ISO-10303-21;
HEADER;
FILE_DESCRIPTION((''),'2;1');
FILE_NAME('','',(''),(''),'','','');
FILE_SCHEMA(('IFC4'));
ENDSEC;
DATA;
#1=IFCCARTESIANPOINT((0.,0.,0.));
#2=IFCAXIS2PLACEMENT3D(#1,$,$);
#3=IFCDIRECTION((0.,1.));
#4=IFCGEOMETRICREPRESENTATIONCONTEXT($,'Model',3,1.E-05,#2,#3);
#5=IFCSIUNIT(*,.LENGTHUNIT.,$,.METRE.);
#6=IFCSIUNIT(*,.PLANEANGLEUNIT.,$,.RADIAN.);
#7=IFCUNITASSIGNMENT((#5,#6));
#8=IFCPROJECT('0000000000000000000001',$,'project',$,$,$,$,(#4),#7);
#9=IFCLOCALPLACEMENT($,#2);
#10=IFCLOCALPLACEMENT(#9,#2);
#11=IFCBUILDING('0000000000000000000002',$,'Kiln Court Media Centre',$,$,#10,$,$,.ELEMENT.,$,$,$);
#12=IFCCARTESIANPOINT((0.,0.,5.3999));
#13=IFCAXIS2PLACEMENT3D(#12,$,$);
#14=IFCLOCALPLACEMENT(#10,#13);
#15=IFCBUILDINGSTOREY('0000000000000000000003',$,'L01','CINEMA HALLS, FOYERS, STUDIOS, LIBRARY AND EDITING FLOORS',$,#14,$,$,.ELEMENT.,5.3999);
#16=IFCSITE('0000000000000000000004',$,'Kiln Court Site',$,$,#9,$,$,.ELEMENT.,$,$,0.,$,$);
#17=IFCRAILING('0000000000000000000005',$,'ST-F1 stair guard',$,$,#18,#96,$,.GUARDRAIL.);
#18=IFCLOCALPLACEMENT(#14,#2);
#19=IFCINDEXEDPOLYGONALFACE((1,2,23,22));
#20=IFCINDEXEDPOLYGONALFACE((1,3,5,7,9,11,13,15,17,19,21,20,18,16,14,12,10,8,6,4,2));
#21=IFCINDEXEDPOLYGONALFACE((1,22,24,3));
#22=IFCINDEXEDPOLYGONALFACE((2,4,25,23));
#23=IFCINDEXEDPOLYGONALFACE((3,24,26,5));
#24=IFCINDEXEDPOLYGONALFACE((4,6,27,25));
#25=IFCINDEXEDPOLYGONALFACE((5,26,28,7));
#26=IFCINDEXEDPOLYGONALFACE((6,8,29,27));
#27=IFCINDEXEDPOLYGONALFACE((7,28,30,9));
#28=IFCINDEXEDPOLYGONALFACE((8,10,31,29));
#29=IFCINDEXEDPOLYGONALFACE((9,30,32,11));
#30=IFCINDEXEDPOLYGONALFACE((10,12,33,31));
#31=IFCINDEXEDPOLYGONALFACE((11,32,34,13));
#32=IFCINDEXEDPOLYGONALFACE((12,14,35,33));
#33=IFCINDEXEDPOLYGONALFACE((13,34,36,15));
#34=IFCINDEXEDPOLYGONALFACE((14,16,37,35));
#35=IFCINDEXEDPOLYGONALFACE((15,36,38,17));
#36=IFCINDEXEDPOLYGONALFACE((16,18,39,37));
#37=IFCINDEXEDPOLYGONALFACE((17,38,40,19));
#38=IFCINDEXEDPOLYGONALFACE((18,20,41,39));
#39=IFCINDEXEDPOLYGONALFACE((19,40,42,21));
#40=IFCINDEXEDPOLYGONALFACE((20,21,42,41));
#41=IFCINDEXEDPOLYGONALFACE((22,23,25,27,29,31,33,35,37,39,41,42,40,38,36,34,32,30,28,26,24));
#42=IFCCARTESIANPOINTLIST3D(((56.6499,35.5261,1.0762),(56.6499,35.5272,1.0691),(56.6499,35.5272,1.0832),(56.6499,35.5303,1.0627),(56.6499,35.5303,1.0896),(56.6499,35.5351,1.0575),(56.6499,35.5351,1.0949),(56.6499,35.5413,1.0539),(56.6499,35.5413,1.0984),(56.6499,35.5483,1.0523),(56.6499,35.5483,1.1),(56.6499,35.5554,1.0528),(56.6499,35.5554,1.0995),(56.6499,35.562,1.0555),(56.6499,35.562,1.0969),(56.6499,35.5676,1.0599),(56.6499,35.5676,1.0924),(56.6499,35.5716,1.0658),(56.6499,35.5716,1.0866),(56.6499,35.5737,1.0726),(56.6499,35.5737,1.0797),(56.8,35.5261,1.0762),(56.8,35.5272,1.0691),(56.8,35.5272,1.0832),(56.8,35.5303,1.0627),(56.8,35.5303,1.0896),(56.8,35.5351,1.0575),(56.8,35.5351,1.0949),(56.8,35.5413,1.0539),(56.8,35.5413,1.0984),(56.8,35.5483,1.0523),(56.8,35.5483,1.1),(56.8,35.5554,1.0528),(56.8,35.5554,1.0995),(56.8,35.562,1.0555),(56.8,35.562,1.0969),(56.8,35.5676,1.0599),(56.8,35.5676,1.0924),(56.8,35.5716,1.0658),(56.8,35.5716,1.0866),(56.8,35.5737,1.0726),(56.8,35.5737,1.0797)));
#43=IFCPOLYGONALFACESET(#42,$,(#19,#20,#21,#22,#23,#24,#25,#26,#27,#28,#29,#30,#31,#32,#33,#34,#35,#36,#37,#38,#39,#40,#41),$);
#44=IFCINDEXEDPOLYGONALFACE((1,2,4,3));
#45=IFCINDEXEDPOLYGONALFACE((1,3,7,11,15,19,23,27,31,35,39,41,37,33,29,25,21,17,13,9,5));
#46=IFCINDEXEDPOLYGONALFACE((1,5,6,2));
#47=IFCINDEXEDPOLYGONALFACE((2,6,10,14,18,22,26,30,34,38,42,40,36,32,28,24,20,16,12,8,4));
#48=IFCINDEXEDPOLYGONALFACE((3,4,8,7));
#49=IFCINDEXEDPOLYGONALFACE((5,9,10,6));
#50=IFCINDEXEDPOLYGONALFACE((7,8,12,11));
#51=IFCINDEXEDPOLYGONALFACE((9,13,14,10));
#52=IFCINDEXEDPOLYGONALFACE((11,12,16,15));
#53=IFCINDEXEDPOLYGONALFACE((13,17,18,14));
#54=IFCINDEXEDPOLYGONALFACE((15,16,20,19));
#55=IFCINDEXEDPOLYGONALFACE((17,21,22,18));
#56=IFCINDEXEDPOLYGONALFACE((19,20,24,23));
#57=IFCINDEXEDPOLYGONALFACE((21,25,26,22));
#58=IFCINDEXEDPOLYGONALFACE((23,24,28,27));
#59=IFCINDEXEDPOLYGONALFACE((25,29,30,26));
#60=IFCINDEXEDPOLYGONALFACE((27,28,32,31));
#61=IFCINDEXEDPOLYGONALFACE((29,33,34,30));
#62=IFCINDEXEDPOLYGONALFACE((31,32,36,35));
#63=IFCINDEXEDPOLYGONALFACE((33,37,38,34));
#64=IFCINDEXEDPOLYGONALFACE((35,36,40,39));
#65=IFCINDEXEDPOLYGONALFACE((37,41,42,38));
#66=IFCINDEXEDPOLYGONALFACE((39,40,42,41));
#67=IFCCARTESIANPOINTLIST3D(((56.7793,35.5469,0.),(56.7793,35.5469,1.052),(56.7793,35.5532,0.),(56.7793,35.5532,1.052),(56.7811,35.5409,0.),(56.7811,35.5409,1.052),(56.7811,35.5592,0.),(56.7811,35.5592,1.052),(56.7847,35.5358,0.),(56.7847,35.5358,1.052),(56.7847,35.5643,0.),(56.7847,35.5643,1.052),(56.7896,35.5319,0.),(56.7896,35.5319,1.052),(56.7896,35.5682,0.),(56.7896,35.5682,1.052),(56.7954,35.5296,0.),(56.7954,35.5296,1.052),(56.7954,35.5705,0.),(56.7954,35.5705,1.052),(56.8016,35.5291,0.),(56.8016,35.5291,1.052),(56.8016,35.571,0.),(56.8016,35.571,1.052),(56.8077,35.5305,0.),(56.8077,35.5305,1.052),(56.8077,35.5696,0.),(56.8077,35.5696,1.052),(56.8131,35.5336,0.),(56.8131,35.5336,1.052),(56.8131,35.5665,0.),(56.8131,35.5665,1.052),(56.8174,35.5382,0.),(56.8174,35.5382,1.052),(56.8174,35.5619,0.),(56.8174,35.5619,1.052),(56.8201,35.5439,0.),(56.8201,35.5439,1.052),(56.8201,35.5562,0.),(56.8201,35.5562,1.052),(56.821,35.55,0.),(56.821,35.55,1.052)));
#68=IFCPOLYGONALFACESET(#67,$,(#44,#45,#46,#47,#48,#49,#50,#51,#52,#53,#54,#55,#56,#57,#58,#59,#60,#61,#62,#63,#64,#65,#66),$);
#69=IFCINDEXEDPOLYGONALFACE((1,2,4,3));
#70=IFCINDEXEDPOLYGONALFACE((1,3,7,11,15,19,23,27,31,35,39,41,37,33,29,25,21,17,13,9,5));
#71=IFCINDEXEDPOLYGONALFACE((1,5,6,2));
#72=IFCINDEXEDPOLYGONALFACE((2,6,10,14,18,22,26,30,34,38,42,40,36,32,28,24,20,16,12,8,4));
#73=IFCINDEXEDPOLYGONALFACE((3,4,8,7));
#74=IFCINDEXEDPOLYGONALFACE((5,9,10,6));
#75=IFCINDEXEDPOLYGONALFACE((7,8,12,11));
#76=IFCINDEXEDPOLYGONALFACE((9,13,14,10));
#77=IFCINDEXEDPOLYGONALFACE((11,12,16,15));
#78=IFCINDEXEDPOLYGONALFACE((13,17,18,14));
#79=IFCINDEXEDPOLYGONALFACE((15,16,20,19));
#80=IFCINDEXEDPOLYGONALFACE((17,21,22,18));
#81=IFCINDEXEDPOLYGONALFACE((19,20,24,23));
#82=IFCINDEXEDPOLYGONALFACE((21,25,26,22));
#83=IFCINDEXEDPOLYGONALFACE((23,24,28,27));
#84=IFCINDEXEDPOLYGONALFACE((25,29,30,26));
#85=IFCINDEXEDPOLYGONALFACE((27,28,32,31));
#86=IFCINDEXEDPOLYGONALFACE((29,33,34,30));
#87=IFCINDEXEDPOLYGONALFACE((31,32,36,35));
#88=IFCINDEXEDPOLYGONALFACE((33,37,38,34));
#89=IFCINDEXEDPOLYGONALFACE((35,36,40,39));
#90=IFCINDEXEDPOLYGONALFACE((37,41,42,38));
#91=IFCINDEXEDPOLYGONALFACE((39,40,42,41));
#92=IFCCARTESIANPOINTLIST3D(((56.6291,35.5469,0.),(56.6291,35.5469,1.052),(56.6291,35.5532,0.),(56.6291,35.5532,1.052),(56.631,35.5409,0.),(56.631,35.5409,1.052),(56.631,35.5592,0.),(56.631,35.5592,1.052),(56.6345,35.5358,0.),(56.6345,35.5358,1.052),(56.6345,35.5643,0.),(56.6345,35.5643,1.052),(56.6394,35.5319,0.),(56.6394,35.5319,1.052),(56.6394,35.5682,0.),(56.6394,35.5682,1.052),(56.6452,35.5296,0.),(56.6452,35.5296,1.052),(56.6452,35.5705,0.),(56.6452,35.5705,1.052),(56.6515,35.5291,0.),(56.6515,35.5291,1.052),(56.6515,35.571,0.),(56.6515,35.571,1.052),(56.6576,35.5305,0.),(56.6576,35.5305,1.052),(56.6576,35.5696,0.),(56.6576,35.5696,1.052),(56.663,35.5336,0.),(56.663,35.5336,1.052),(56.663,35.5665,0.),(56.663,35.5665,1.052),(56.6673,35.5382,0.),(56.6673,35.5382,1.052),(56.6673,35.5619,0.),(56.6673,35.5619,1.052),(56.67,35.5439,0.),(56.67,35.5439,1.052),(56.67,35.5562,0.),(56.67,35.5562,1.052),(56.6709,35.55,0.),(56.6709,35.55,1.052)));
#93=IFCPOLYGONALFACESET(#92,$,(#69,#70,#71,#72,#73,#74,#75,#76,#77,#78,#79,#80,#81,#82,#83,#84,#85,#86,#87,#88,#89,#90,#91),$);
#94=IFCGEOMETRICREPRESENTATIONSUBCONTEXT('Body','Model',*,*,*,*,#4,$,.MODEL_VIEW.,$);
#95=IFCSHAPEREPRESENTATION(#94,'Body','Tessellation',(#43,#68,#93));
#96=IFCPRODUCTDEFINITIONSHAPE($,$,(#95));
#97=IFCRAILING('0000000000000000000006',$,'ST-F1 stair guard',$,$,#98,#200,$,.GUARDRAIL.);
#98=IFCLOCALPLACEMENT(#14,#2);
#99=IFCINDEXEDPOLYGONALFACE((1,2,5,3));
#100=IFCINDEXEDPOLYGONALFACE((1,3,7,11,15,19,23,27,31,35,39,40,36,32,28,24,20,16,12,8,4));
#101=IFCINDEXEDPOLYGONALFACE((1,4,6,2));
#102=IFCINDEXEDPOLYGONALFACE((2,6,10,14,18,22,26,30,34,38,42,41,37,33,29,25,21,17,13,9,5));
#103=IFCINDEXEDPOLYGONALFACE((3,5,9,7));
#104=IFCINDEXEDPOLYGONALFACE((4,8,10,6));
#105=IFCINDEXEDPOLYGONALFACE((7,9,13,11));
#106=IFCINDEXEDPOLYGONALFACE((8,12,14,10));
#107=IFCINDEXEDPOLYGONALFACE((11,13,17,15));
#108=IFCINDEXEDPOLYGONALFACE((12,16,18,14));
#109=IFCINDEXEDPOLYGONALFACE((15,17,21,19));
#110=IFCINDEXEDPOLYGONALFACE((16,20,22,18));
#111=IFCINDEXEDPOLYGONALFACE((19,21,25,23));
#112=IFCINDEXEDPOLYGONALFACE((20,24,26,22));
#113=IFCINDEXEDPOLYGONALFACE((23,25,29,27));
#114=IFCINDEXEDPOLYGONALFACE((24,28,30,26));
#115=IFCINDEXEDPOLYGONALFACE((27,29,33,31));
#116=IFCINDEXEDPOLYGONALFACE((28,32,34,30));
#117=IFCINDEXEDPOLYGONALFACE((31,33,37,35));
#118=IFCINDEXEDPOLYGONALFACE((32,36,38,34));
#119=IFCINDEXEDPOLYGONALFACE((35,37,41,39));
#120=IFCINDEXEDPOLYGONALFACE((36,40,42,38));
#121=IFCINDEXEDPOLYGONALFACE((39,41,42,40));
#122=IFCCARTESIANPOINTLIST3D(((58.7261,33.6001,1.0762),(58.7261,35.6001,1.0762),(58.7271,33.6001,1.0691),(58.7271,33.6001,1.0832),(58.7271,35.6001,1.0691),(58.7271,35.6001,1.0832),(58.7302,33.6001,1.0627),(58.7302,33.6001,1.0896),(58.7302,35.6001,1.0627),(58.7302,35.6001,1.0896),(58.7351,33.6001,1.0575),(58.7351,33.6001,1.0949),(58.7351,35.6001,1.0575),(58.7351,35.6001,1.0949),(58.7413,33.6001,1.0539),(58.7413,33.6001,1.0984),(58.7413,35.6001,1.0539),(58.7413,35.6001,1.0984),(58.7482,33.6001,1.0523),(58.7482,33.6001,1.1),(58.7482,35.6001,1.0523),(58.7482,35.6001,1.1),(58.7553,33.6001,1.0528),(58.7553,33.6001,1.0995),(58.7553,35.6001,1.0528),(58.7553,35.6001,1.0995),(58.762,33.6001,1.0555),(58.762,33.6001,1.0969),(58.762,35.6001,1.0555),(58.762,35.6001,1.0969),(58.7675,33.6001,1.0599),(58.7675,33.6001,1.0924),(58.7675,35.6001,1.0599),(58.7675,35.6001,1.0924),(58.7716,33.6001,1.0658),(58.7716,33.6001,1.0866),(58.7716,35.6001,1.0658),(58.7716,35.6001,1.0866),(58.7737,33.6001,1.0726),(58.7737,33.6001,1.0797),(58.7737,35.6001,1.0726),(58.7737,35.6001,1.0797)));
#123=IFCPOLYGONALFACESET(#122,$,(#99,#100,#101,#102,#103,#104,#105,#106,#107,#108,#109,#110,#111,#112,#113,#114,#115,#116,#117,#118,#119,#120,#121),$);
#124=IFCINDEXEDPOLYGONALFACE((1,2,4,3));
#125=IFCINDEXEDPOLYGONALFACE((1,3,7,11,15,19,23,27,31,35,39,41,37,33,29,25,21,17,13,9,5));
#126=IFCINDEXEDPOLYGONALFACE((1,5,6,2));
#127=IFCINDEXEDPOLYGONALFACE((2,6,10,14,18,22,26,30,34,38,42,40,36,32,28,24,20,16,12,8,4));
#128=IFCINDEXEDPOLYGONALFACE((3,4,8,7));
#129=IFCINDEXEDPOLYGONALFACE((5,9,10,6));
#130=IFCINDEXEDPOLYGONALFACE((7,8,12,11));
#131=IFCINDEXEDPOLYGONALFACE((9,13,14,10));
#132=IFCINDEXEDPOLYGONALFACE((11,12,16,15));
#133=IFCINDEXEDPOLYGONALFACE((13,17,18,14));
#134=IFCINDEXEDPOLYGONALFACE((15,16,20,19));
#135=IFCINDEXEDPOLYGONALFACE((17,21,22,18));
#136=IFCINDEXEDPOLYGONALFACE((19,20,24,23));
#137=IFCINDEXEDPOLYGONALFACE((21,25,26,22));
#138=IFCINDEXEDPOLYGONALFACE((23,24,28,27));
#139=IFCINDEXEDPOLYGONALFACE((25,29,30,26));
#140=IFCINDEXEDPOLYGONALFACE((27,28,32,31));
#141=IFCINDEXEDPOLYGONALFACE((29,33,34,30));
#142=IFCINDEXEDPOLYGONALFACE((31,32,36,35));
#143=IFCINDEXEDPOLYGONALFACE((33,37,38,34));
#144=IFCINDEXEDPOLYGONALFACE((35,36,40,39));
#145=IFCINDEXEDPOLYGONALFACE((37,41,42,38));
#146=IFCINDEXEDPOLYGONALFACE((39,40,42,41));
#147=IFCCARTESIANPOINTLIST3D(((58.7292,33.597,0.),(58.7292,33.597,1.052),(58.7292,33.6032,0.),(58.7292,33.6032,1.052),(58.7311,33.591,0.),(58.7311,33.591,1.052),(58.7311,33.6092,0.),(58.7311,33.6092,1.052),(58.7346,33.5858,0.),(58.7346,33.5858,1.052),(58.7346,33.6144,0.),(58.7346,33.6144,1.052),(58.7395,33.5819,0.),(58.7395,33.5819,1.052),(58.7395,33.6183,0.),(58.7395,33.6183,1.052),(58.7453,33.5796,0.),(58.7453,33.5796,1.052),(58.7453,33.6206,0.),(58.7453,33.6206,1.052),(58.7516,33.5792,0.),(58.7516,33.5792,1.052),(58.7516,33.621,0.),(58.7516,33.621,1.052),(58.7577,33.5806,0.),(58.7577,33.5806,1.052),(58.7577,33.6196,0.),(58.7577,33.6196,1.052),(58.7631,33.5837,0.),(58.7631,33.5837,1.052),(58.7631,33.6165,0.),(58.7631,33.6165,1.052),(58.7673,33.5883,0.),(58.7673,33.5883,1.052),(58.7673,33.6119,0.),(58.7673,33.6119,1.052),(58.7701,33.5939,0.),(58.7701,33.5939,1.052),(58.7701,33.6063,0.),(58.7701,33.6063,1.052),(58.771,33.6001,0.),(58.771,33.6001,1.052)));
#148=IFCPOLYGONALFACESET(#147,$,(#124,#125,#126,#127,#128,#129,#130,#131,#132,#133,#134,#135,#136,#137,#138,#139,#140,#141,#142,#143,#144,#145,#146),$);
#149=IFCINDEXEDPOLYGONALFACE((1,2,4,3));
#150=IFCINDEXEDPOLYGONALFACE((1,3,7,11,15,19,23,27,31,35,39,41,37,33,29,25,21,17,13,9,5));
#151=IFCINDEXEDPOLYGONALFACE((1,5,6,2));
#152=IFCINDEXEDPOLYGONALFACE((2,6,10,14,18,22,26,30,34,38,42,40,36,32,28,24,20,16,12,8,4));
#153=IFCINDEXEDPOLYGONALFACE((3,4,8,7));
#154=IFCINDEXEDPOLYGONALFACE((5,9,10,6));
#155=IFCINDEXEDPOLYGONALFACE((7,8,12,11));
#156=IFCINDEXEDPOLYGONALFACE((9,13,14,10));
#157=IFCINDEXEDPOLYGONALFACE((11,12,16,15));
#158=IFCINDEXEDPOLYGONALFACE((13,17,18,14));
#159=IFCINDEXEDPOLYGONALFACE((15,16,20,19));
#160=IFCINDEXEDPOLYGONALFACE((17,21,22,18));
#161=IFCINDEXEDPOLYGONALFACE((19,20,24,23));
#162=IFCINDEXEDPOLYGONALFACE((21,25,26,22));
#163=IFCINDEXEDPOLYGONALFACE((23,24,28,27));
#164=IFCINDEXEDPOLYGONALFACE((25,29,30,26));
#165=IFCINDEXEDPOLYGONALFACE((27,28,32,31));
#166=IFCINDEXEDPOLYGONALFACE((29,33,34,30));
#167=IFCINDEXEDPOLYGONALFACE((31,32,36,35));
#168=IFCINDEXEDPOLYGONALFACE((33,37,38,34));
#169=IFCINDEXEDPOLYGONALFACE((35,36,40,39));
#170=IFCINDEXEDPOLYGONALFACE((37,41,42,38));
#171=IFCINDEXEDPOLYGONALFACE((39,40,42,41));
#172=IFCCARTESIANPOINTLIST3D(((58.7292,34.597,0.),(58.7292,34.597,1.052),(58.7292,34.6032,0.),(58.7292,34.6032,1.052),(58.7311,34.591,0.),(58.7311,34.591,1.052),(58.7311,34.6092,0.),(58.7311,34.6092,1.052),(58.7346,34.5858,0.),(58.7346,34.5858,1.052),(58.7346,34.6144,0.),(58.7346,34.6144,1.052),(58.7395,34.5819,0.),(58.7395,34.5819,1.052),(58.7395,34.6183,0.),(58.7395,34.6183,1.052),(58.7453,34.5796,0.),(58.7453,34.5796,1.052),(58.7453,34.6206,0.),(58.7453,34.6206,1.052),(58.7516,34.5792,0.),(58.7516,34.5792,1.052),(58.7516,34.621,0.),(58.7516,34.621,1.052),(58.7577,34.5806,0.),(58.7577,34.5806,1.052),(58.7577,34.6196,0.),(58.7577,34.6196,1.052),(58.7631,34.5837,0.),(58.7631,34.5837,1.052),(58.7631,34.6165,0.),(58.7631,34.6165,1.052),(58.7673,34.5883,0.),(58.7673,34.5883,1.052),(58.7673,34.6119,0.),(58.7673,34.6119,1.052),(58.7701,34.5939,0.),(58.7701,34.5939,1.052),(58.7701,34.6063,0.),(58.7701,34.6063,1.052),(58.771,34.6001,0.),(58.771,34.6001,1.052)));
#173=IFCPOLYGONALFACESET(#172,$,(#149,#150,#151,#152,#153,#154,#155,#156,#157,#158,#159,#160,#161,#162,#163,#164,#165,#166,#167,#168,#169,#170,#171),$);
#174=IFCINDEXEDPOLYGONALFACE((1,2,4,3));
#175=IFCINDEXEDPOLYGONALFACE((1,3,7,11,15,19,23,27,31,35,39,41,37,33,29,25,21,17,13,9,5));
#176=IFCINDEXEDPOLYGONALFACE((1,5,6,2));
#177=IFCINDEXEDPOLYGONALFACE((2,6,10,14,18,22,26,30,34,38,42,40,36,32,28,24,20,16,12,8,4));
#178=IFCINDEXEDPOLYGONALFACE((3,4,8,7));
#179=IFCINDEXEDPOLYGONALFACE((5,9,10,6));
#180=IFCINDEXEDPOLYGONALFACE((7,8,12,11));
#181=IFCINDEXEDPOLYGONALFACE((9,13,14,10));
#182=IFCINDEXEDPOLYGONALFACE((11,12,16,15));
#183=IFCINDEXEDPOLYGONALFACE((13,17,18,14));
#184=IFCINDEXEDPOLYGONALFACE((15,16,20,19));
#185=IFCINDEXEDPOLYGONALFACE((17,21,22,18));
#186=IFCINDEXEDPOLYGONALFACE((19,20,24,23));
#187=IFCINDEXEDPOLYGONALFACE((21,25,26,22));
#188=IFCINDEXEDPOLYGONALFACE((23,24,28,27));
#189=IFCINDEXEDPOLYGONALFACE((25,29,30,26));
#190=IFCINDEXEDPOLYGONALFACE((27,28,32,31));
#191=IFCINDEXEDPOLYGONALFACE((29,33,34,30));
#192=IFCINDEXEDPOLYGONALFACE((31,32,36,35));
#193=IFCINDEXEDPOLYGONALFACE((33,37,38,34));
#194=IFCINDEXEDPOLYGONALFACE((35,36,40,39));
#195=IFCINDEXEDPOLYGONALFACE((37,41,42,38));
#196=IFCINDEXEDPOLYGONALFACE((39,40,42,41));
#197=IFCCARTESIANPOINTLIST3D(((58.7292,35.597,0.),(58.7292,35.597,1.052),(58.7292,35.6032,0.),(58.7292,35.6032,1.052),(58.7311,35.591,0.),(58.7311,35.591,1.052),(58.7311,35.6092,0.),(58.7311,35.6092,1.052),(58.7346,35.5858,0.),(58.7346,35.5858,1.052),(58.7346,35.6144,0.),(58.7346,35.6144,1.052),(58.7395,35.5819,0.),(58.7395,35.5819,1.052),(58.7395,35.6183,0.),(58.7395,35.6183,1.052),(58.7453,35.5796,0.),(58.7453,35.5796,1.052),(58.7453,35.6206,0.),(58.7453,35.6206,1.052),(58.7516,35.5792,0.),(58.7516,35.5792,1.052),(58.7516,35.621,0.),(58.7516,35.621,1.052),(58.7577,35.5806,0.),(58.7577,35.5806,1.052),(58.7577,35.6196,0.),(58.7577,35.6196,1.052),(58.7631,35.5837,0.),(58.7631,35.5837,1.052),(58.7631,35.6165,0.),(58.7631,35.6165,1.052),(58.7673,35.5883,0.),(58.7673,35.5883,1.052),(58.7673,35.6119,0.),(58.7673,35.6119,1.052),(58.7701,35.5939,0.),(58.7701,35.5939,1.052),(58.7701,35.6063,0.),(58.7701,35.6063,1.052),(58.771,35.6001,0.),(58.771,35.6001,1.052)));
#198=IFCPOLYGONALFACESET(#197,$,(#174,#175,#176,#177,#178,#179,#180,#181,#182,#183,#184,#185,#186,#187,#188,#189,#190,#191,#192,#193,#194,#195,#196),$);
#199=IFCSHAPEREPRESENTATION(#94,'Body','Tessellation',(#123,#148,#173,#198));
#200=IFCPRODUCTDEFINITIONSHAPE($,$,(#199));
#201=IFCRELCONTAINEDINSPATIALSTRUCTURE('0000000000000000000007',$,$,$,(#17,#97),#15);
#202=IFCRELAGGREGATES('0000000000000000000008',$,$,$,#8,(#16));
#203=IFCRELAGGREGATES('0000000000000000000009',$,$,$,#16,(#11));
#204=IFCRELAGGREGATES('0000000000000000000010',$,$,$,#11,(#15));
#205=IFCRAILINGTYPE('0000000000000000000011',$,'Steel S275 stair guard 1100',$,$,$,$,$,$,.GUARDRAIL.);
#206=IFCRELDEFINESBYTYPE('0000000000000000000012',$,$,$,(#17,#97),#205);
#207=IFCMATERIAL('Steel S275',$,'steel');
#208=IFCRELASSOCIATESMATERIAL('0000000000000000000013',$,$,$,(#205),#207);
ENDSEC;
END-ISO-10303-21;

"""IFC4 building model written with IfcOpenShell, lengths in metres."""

from ifc_helpers import new_model, si_unit, direction, frame, origin, origin_2d, place, context, subcontext, project, spatial, circle, extrude, material, type_object, element, save


model = new_model("IFC4")

# Units and contexts
model_context = context("Model", 3, precision=1e-05, world=origin(), true_north=direction((0.0, 1.0)))
body_context = subcontext(model_context, "Body", "Model", "MODEL_VIEW")
ifc_project = project(units=[si_unit("LENGTHUNIT", "METRE"), si_unit("PLANEANGLEUNIT", "RADIAN")], contexts=[model_context])

# Site, building, storey
site_placement = place(None, origin())
site = spatial("IfcSite", under=ifc_project, at=site_placement, Name="Kiln Court Site", CompositionType="ELEMENT", RefElevation=0.0)
building_placement = place(site_placement, origin())
building = spatial("IfcBuilding", under=site, at=building_placement, Name="Kiln Court Media Centre", CompositionType="ELEMENT")
storey_placement = place(building_placement, frame((0.0, 0.0, 5.3999)))
storey = spatial("IfcBuildingStorey", under=building, at=storey_placement, Name="L01", Description="CINEMA HALLS, FOYERS, STUDIOS, LIBRARY AND EDITING FLOORS", CompositionType="ELEMENT", Elevation=5.3999)

# Railings
ifc_material_1 = material(Name="Steel S275", Category="steel")
railing_type_1 = type_object("IfcRailingType", Name="Steel S275 stair guard 1100", PredefinedType="GUARDRAIL", material=ifc_material_1)
railing_1_placement = place(storey_placement, frame((56.8, 35.55, 0.0)))
element("IfcRailing", 1, at=railing_1_placement, inside=storey, type_object=railing_type_1, Name="ST-F1 stair guard", PredefinedType="GUARDRAIL", context=body_context, shape_type="SweptSolid", body=[
    extrude(circle(Radius=0.0239, at=origin_2d()), frame((0.0, 0.0, 1.0762), z_axis=(-1.0, 0.0, 0.0), x_axis=(0.0, -1.0, 0.0)), (0.0, 0.0, 1.0), 0.1501),
    extrude(circle(Radius=0.021, at=origin_2d()), origin(), (0.0, 0.0, 1.0), 1.052),
    extrude(circle(Radius=0.021, at=origin_2d()), frame((-0.1501, 0.0, 0.0)), (0.0, 0.0, 1.0), 1.052),
])
railing_2_placement = place(storey_placement, frame((58.75, 33.6001, 0.0)))
element("IfcRailing", 2, at=railing_2_placement, inside=storey, type_object=railing_type_1, Name="ST-F1 stair guard", PredefinedType="GUARDRAIL", context=body_context, shape_type="SweptSolid", body=[
    extrude(circle(Radius=0.0239, at=origin_2d()), frame((0.0, 0.0, 1.0762), z_axis=(0.0, 1.0, 0.0), x_axis=(-1.0, 0.0, 0.0)), (0.0, 0.0, 1.0), 2.0),
    extrude(circle(Radius=0.021, at=origin_2d()), origin(), (0.0, 0.0, 1.0), 1.052),
    extrude(circle(Radius=0.021, at=origin_2d()), frame((0.0, 1.0, 0.0)), (0.0, 0.0, 1.0), 1.052),
    extrude(circle(Radius=0.021, at=origin_2d()), frame((0.0, 2.0, 0.0)), (0.0, 0.0, 1.0), 1.052),
])

save(model, "model.ifc")
